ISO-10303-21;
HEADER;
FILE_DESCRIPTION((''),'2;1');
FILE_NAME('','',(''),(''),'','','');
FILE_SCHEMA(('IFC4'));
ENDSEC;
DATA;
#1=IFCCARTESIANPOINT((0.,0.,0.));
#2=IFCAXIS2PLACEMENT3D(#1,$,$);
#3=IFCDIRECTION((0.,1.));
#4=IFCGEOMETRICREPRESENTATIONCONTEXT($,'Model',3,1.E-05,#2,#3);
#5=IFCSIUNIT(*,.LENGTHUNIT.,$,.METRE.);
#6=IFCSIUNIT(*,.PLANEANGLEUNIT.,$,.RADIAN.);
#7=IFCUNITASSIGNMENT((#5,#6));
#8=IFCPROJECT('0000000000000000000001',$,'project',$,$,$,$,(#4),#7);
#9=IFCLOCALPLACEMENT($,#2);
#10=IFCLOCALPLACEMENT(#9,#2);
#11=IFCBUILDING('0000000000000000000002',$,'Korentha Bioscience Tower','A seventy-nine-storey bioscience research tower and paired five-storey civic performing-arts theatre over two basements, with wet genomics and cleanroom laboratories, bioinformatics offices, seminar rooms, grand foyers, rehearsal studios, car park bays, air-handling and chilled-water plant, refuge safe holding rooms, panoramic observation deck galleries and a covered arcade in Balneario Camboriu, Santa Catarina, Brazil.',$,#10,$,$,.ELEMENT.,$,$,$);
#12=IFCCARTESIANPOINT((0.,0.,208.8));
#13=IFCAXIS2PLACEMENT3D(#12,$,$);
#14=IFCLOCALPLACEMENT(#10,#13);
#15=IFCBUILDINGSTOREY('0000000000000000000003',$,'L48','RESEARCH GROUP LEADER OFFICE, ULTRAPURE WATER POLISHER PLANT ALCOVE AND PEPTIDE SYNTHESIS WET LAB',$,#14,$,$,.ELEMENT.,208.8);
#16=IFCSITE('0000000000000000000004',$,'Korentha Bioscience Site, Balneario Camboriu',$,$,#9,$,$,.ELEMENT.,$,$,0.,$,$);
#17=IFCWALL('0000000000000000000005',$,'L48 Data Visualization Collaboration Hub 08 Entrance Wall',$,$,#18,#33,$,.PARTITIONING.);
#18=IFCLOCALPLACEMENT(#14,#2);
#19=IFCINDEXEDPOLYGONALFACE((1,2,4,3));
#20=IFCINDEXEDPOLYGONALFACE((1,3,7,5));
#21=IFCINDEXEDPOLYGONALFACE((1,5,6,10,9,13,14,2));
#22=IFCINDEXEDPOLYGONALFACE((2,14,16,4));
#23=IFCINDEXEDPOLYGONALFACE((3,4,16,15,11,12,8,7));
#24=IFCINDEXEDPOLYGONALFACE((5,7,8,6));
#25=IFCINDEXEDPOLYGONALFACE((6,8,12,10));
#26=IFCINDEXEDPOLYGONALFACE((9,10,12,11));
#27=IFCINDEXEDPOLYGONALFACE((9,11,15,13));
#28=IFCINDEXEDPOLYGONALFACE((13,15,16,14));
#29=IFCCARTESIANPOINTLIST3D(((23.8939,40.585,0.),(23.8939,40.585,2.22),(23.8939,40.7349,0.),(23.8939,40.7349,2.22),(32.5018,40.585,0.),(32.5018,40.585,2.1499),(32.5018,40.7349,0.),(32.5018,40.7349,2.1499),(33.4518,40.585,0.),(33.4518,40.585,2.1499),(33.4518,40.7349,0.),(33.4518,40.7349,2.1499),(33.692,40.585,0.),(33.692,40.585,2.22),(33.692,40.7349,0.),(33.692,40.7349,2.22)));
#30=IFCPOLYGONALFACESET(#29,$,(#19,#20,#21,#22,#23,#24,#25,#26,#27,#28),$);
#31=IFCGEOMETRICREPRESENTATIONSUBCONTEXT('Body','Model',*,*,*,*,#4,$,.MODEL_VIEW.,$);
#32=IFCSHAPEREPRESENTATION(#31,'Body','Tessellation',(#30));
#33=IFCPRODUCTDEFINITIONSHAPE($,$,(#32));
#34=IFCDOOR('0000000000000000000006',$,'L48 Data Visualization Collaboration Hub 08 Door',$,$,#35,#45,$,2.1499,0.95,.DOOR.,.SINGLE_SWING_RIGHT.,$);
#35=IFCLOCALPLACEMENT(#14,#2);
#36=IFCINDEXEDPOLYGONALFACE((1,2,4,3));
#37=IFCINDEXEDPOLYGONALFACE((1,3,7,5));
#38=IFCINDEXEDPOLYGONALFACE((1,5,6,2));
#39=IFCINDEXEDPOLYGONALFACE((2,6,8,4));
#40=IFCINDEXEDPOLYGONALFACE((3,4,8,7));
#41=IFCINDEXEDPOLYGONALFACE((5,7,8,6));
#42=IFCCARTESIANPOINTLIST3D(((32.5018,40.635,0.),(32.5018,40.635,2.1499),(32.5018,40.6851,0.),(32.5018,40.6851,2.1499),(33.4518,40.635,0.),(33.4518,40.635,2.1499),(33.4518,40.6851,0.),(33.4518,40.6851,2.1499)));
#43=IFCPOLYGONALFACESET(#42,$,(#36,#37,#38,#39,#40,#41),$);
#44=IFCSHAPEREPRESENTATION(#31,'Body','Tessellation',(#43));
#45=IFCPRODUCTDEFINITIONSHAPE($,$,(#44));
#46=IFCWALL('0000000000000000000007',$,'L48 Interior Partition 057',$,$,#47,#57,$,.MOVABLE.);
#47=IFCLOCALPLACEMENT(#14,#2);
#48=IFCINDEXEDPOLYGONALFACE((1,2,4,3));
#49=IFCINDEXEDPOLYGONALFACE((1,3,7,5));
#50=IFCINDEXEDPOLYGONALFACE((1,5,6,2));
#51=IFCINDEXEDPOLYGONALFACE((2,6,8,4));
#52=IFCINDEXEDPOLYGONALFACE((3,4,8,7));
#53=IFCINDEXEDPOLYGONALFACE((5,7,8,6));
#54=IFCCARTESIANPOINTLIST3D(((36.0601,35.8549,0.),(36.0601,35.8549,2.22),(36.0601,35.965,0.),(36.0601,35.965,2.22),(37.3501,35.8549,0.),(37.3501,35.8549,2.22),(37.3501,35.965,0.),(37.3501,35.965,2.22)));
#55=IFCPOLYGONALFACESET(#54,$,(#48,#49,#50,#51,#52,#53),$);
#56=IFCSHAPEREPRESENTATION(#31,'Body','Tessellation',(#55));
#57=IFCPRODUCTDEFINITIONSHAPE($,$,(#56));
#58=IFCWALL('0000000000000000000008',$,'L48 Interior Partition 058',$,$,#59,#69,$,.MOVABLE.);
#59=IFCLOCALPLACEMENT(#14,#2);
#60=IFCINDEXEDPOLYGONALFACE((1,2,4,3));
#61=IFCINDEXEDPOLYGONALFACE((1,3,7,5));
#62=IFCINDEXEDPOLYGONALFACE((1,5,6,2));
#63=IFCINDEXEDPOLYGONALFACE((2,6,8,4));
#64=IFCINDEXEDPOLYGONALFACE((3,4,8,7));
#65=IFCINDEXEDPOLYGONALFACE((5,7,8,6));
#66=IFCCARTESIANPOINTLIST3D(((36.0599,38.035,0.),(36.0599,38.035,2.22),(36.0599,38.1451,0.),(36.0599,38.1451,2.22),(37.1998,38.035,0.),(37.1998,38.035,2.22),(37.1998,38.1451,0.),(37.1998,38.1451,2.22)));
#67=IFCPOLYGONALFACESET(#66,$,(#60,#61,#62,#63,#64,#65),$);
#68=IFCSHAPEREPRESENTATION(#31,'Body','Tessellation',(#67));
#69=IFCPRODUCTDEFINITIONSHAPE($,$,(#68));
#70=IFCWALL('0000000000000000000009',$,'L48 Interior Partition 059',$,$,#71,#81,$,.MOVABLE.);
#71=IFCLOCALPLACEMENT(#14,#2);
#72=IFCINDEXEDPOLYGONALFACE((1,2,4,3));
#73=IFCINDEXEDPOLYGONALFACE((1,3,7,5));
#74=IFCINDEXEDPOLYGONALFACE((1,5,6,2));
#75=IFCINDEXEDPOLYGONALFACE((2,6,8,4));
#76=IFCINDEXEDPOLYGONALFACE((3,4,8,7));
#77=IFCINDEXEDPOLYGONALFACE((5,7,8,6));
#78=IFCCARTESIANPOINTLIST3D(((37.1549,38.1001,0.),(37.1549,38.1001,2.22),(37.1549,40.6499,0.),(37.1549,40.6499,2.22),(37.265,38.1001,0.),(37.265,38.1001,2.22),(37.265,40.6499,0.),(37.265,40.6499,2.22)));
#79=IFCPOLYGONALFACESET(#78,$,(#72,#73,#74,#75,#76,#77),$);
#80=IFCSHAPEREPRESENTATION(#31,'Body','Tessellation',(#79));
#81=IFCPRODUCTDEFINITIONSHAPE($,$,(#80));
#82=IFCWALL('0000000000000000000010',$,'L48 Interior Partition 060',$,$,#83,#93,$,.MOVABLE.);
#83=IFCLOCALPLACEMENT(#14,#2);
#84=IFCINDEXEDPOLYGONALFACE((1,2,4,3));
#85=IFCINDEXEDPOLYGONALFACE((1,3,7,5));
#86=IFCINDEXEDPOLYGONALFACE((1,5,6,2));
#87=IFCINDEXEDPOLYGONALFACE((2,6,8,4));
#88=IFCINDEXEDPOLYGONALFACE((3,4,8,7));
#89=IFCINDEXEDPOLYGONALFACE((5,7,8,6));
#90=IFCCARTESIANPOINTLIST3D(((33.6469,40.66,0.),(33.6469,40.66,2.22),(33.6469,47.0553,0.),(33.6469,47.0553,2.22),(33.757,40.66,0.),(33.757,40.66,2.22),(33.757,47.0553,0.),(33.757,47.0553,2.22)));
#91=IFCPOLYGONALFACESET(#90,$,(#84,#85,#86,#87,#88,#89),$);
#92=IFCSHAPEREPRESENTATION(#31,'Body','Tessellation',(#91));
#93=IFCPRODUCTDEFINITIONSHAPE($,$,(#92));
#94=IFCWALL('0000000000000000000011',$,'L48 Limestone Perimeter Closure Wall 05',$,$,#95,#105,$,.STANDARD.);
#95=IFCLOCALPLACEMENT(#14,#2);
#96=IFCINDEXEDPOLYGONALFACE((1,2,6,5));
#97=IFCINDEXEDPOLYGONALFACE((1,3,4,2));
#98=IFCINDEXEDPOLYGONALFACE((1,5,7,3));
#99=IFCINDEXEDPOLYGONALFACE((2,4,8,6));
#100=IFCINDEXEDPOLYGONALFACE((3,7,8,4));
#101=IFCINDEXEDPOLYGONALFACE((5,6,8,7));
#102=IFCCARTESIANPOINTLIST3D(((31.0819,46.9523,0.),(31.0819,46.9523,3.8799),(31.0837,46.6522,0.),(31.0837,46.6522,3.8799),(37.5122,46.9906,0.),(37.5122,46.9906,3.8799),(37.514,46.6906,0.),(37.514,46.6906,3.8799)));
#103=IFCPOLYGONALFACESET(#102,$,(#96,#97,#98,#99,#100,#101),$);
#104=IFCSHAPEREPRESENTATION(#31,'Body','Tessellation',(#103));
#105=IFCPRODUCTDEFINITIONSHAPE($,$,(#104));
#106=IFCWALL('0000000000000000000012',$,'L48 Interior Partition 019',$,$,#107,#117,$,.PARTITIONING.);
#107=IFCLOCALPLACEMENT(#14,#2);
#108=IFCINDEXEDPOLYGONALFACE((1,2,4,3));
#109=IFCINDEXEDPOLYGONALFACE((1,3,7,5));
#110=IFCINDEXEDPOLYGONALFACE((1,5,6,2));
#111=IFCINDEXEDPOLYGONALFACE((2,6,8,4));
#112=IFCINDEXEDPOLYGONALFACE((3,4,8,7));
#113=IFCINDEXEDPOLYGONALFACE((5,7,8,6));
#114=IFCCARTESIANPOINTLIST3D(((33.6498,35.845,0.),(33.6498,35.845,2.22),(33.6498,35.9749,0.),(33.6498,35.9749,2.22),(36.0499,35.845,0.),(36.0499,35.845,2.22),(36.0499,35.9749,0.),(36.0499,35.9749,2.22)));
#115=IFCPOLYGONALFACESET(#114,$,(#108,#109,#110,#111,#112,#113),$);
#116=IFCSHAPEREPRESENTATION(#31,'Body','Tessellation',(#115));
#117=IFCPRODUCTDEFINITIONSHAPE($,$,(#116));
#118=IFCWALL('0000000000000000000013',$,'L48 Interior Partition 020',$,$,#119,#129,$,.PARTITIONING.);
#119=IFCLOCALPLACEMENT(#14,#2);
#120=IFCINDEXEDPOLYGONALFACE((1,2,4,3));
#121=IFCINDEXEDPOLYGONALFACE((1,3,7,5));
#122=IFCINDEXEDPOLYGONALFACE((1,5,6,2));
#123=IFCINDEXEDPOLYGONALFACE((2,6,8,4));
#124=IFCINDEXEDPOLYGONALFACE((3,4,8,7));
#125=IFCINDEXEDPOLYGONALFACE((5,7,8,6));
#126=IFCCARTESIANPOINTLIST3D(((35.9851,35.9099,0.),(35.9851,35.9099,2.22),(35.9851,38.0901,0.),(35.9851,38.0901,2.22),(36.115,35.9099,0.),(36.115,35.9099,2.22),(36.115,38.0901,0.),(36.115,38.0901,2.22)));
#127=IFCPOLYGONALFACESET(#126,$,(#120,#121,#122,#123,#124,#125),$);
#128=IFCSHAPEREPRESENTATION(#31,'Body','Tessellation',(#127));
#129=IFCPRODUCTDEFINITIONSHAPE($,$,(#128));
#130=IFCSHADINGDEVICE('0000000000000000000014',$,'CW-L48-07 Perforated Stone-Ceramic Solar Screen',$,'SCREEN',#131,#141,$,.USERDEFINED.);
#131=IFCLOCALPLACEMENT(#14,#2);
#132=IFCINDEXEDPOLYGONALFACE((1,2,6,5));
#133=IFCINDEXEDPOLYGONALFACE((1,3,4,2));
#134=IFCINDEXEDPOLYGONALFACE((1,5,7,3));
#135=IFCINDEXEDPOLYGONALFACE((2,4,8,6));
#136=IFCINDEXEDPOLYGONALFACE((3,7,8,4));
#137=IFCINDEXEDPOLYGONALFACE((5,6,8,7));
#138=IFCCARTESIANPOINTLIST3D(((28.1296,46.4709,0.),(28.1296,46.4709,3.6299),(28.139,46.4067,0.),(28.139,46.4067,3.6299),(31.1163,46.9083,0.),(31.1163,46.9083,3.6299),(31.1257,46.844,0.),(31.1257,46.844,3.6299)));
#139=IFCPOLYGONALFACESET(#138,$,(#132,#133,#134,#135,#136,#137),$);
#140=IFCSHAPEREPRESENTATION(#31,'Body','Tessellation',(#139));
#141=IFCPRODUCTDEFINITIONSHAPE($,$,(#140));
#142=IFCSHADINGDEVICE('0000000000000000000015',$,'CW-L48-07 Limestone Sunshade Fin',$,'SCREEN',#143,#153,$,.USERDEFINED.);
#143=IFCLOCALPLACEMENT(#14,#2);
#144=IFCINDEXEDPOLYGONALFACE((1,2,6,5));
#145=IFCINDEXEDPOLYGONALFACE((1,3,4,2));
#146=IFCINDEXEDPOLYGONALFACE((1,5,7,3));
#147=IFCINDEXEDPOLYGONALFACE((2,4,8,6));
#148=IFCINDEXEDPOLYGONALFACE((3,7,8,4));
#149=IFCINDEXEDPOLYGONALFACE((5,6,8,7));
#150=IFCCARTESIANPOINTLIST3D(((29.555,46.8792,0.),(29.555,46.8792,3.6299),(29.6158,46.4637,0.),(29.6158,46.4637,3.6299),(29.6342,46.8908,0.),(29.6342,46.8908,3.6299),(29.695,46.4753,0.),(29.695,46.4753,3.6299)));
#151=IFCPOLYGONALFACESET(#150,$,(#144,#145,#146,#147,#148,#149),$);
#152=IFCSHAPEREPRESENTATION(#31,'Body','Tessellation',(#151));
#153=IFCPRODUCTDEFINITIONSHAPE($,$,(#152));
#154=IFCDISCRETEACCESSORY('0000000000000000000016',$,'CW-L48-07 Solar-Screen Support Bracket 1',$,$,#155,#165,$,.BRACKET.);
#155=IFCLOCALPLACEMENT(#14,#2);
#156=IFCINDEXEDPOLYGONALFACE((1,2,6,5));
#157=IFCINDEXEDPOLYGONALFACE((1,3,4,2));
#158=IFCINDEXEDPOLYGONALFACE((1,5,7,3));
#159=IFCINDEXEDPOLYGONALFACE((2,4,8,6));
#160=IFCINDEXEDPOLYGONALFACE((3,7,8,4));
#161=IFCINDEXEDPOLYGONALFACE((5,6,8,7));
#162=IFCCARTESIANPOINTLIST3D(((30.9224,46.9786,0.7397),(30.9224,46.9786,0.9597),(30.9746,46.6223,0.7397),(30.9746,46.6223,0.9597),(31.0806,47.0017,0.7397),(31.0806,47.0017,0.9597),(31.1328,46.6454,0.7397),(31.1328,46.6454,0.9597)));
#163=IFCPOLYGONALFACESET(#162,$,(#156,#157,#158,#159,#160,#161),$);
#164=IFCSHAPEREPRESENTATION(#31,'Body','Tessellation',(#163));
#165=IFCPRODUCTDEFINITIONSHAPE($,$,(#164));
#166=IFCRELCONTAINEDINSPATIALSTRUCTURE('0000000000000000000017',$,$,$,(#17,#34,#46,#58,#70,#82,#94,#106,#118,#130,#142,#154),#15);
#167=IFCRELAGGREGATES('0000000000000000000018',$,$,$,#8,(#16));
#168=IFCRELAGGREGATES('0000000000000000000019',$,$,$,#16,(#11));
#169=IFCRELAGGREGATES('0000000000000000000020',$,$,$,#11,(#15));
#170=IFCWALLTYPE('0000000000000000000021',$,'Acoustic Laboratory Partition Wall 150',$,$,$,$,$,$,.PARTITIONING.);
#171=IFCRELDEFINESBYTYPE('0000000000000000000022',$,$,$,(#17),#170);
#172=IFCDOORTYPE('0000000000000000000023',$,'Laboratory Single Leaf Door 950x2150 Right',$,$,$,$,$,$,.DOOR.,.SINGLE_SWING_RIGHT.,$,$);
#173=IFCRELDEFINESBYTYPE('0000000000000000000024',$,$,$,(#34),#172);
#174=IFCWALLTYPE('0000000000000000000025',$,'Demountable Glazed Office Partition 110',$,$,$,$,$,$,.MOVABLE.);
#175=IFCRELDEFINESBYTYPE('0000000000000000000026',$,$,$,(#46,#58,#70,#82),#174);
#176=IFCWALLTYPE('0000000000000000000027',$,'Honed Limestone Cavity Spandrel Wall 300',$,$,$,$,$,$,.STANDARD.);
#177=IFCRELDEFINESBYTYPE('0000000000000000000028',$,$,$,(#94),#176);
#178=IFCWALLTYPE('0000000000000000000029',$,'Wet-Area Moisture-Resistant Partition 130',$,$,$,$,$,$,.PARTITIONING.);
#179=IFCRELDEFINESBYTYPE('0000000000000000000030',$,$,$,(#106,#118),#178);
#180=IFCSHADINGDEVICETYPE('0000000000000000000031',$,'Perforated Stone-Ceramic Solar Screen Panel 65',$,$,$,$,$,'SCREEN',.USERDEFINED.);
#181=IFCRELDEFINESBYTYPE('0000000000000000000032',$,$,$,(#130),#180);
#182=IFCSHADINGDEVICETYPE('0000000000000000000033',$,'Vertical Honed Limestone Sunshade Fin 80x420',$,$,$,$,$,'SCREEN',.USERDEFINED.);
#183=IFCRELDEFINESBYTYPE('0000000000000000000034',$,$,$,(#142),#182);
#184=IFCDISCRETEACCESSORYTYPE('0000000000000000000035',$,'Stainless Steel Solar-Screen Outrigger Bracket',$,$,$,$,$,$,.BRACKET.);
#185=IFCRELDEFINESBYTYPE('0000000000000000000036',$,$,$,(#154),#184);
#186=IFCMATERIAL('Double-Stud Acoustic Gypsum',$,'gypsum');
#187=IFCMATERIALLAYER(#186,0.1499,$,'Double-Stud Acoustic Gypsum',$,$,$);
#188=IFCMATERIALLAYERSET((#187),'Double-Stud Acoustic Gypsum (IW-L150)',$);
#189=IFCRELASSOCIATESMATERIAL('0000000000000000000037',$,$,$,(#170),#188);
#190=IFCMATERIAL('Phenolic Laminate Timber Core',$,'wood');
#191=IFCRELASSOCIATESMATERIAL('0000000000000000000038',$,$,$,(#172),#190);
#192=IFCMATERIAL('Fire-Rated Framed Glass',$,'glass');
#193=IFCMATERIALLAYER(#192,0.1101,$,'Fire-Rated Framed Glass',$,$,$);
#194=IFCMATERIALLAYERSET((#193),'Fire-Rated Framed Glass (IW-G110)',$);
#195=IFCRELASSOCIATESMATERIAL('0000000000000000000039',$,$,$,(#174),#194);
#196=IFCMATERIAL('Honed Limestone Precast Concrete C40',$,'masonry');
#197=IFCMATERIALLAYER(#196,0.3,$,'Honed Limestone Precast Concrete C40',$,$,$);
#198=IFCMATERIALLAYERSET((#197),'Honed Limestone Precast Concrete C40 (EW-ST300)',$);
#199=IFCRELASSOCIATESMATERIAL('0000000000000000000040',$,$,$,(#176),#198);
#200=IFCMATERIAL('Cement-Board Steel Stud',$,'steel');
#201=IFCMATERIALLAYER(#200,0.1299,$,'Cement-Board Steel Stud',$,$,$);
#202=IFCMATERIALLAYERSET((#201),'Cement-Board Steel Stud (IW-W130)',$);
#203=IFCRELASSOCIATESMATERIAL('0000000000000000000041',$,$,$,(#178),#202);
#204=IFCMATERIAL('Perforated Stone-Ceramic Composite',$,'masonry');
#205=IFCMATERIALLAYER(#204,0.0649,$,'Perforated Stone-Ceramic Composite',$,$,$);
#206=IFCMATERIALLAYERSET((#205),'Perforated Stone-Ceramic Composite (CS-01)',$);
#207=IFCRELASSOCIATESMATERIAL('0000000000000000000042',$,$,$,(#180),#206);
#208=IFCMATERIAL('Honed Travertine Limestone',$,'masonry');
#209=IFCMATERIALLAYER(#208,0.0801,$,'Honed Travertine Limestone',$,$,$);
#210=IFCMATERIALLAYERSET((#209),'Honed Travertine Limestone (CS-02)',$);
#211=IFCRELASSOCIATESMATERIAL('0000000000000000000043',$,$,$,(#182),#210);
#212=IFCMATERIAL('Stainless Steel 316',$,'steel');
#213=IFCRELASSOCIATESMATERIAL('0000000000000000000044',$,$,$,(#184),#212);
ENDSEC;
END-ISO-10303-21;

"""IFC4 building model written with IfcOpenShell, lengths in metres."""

from ifc_helpers import new_model, si_unit, direction, frame, frame_2d, origin, origin_2d, place, context, subcontext, project, spatial, rectangle, extrude, material, layer, layer_set, type_object, element, fill, save


model = new_model("IFC4")

# Units and contexts
model_context = context("Model", 3, precision=1e-05, world=origin(), true_north=direction((0.0, 1.0)))
body_context = subcontext(model_context, "Body", "Model", "MODEL_VIEW")
ifc_project = project(units=[si_unit("LENGTHUNIT", "METRE"), si_unit("PLANEANGLEUNIT", "RADIAN")], contexts=[model_context])

# Site, building, storey
site_placement = place(None, origin())
site = spatial("IfcSite", under=ifc_project, at=site_placement, Name="Korentha Bioscience Site, Balneario Camboriu", CompositionType="ELEMENT", RefElevation=0.0)
building_placement = place(site_placement, origin())
building = spatial("IfcBuilding", under=site, at=building_placement, Name="Korentha Bioscience Tower", Description="A seventy-nine-storey bioscience research tower and paired five-storey civic performing-arts theatre over two basements, with wet genomics and cleanroom laboratories, bioinformatics offices, seminar rooms, grand foyers, rehearsal studios, car park bays, air-handling and chilled-water plant, refuge safe holding rooms, panoramic observation deck galleries and a covered arcade in Balneario Camboriu, Santa Catarina, Brazil.", CompositionType="ELEMENT")
storey_placement = place(building_placement, frame((0.0, 0.0, 208.8)))
storey = spatial("IfcBuildingStorey", under=building, at=storey_placement, Name="L48", Description="RESEARCH GROUP LEADER OFFICE, ULTRAPURE WATER POLISHER PLANT ALCOVE AND PEPTIDE SYNTHESIS WET LAB", CompositionType="ELEMENT", Elevation=208.8)

# Wall, opening, door
ifc_material_1 = material(Name="Double-Stud Acoustic Gypsum", Category="gypsum")
ifc_layer_1 = layer(ifc_material_1, 0.1499, Name="Double-Stud Acoustic Gypsum")
ifc_layer_set_1 = layer_set([ifc_layer_1], Name="Double-Stud Acoustic Gypsum (IW-L150)")
wall_type_1 = type_object("IfcWallType", Name="Acoustic Laboratory Partition Wall 150", PredefinedType="PARTITIONING", material=ifc_layer_set_1)
wall_1_placement = place(storey_placement, frame((33.6919, 40.6599, 0.0), z_axis=(0.0, 0.0, 1.0), x_axis=(-1.0, 0.0, 0.0)))
wall_1 = element("IfcWall", 1, at=wall_1_placement, inside=storey, type_object=wall_type_1, Name="L48 Data Visualization Collaboration Hub 08 Entrance Wall", PredefinedType="PARTITIONING", context=body_context, shape_type="SweptSolid", body=[
    extrude(rectangle(XDim=9.7981, YDim=0.1499, at=frame_2d((4.8989, 0.0))), origin(), (0.0, 0.0, 1.0), 2.22),
])
opening_1_placement = place(wall_1_placement, frame((0.24, 0.0, 0.0)))
opening_1 = element("IfcOpeningElement", 2, at=opening_1_placement, cuts=wall_1, PredefinedType="OPENING", context=body_context, shape_type="SweptSolid", body=[
    extrude(rectangle(XDim=0.95, YDim=2.1499, at=frame_2d((0.4751, 1.075))), frame((0.0, 0.0898, 0.0), z_axis=(0.0, -1.0, 0.0), x_axis=(1.0, 0.0, 0.0)), (0.0, 0.0, 1.0), 0.1797),
])
ifc_material_2 = material(Name="Phenolic Laminate Timber Core", Category="wood")
door_type_1 = type_object("IfcDoorType", Name="Laboratory Single Leaf Door 950x2150 Right", OperationType="SINGLE_SWING_RIGHT", PredefinedType="DOOR", material=ifc_material_2)
door_1_placement = place(opening_1_placement, origin())
door_1 = element("IfcDoor", 3, at=door_1_placement, inside=storey, type_object=door_type_1, Name="L48 Data Visualization Collaboration Hub 08 Door", OperationType="SINGLE_SWING_RIGHT", OverallHeight=2.1499, OverallWidth=0.95, PredefinedType="DOOR", context=body_context, shape_type="SweptSolid", body=[
    extrude(rectangle(XDim=0.95, YDim=2.1499, at=frame_2d((0.4751, 1.075))), frame((0.0, 0.0249, 0.0), z_axis=(0.0, -1.0, 0.0), x_axis=(1.0, 0.0, 0.0)), (0.0, 0.0, 1.0), 0.05),
])
fill(opening_1, door_1)
ifc_material_3 = material(Name="Fire-Rated Framed Glass", Category="glass")
ifc_layer_2 = layer(ifc_material_3, 0.1101, Name="Fire-Rated Framed Glass")
ifc_layer_set_2 = layer_set([ifc_layer_2], Name="Fire-Rated Framed Glass (IW-G110)")
wall_type_2 = type_object("IfcWallType", Name="Demountable Glazed Office Partition 110", PredefinedType="MOVABLE", material=ifc_layer_set_2)

# Walls
wall_2_placement = place(storey_placement, frame((37.3501, 35.9099, 0.0), z_axis=(0.0, 0.0, 1.0), x_axis=(-1.0, 0.0, 0.0)))
element("IfcWall", 4, at=wall_2_placement, inside=storey, type_object=wall_type_2, Name="L48 Interior Partition 057", PredefinedType="MOVABLE", context=body_context, shape_type="SweptSolid", body=[
    extrude(rectangle(XDim=1.29, YDim=0.1101, at=frame_2d((0.645, 0.0))), origin(), (0.0, 0.0, 1.0), 2.22),
])
wall_3_placement = place(storey_placement, frame((36.0601, 38.0901, 0.0), z_axis=(0.0, 0.0, 1.0), x_axis=(1.0, 0.0, 0.0)))
element("IfcWall", 5, at=wall_3_placement, inside=storey, type_object=wall_type_2, Name="L48 Interior Partition 058", PredefinedType="MOVABLE", context=body_context, shape_type="SweptSolid", body=[
    extrude(rectangle(XDim=1.1399, YDim=0.1101, at=frame_2d((0.5698, 0.0))), origin(), (0.0, 0.0, 1.0), 2.22),
])
wall_4_placement = place(storey_placement, frame((37.21, 38.1001, 0.0), z_axis=(0.0, 0.0, 1.0), x_axis=(0.0, 1.0, 0.0)))
element("IfcWall", 6, at=wall_4_placement, inside=storey, type_object=wall_type_2, Name="L48 Interior Partition 059", PredefinedType="MOVABLE", context=body_context, shape_type="SweptSolid", body=[
    extrude(rectangle(XDim=2.5498, YDim=0.1101, at=frame_2d((1.2749, 0.0))), origin(), (0.0, 0.0, 1.0), 2.22),
])
wall_5_placement = place(storey_placement, frame((33.7019, 40.6599, 0.0), z_axis=(0.0, 0.0, 1.0), x_axis=(0.0, 1.0, 0.0)))
element("IfcWall", 7, at=wall_5_placement, inside=storey, type_object=wall_type_2, Name="L48 Interior Partition 060", PredefinedType="MOVABLE", context=body_context, shape_type="SweptSolid", body=[
    extrude(rectangle(XDim=6.3953, YDim=0.1101, at=frame_2d((3.1978, 0.0))), origin(), (0.0, 0.0, 1.0), 2.22),
])
ifc_material_4 = material(Name="Honed Limestone Precast Concrete C40", Category="masonry")
ifc_layer_3 = layer(ifc_material_4, 0.3, Name="Honed Limestone Precast Concrete C40")
ifc_layer_set_3 = layer_set([ifc_layer_3], Name="Honed Limestone Precast Concrete C40 (EW-ST300)")
wall_type_3 = type_object("IfcWallType", Name="Honed Limestone Cavity Spandrel Wall 300", PredefinedType="STANDARD", material=ifc_layer_set_3)
wall_6_placement = place(storey_placement, frame((37.5132, 46.8406, 0.0), z_axis=(0.0, 0.0, 1.0), x_axis=(-0.999982, -0.005961, 0.0)))
element("IfcWall", 8, at=wall_6_placement, inside=storey, type_object=wall_type_3, Name="L48 Limestone Perimeter Closure Wall 05", PredefinedType="STANDARD", context=body_context, shape_type="SweptSolid", body=[
    extrude(rectangle(XDim=6.4304, YDim=0.3, at=frame_2d((3.2153, 0.0))), origin(), (0.0, 0.0, 1.0), 3.8799),
])

# Shared definitions
ifc_material_5 = material(Name="Cement-Board Steel Stud", Category="steel")
ifc_layer_4 = layer(ifc_material_5, 0.1299, Name="Cement-Board Steel Stud")
ifc_layer_set_4 = layer_set([ifc_layer_4], Name="Cement-Board Steel Stud (IW-W130)")
wall_type_4 = type_object("IfcWallType", Name="Wet-Area Moisture-Resistant Partition 130", PredefinedType="PARTITIONING", material=ifc_layer_set_4)

# Walls
wall_7_placement = place(storey_placement, frame((36.05, 35.9099, 0.0), z_axis=(0.0, 0.0, 1.0), x_axis=(-1.0, 0.0, 0.0)))
element("IfcWall", 9, at=wall_7_placement, inside=storey, type_object=wall_type_4, Name="L48 Interior Partition 019", PredefinedType="PARTITIONING", context=body_context, shape_type="SweptSolid", body=[
    extrude(rectangle(XDim=2.4001, YDim=0.1299, at=frame_2d((1.2002, 0.0))), origin(), (0.0, 0.0, 1.0), 2.22),
])
wall_8_placement = place(storey_placement, frame((36.05, 38.0901, 0.0), z_axis=(0.0, 0.0, 1.0), x_axis=(0.0, -1.0, 0.0)))
element("IfcWall", 10, at=wall_8_placement, inside=storey, type_object=wall_type_4, Name="L48 Interior Partition 020", PredefinedType="PARTITIONING", context=body_context, shape_type="SweptSolid", body=[
    extrude(rectangle(XDim=2.1802, YDim=0.1299, at=frame_2d((1.0901, 0.0))), origin(), (0.0, 0.0, 1.0), 2.22),
])

# Shading devices
ifc_material_6 = material(Name="Perforated Stone-Ceramic Composite", Category="masonry")
ifc_layer_5 = layer(ifc_material_6, 0.0649, Name="Perforated Stone-Ceramic Composite")
ifc_layer_set_5 = layer_set([ifc_layer_5], Name="Perforated Stone-Ceramic Composite (CS-01)")
shading_device_type_1 = type_object("IfcShadingDeviceType", Name="Perforated Stone-Ceramic Solar Screen Panel 65", ElementType="SCREEN", PredefinedType="USERDEFINED", material=ifc_layer_set_5)
shading_device_1_placement = place(storey_placement, frame((29.6277, 46.6575, 0.0), z_axis=(0.0, 0.0, 1.0), x_axis=(-0.989449, -0.144878, 0.0)))
element("IfcShadingDevice", 11, at=shading_device_1_placement, inside=storey, type_object=shading_device_type_1, Name="CW-L48-07 Perforated Stone-Ceramic Solar Screen", ObjectType="SCREEN", PredefinedType="USERDEFINED", context=body_context, shape_type="SweptSolid", body=[
    extrude(rectangle(XDim=3.0186, YDim=0.0649, at=origin_2d()), origin(), (0.0, 0.0, 1.0), 3.6299),
])
ifc_material_7 = material(Name="Honed Travertine Limestone", Category="masonry")
ifc_layer_6 = layer(ifc_material_7, 0.0801, Name="Honed Travertine Limestone")
ifc_layer_set_6 = layer_set([ifc_layer_6], Name="Honed Travertine Limestone (CS-02)")
shading_device_type_2 = type_object("IfcShadingDeviceType", Name="Vertical Honed Limestone Sunshade Fin 80x420", ElementType="SCREEN", PredefinedType="USERDEFINED", material=ifc_layer_set_6)
shading_device_2_placement = place(storey_placement, frame((29.625, 46.6772, 0.0), z_axis=(0.0, 0.0, 1.0), x_axis=(-0.989449, -0.144878, 0.0)))
element("IfcShadingDevice", 12, at=shading_device_2_placement, inside=storey, type_object=shading_device_type_2, Name="CW-L48-07 Limestone Sunshade Fin", ObjectType="SCREEN", PredefinedType="USERDEFINED", context=body_context, shape_type="SweptSolid", body=[
    extrude(rectangle(XDim=0.0801, YDim=0.4199, at=origin_2d()), origin(), (0.0, 0.0, 1.0), 3.6299),
])

# Discrete accessory
ifc_material_8 = material(Name="Stainless Steel 316", Category="steel")
discrete_accessory_type = type_object("IfcDiscreteAccessoryType", Name="Stainless Steel Solar-Screen Outrigger Bracket", PredefinedType="BRACKET", material=ifc_material_8)
discrete_accessory_placement = place(storey_placement, frame((31.0276, 46.812, 0.7397), z_axis=(0.0, 0.0, 1.0), x_axis=(-0.989449, -0.144878, 0.0)))
element("IfcDiscreteAccessory", 13, at=discrete_accessory_placement, inside=storey, type_object=discrete_accessory_type, Name="CW-L48-07 Solar-Screen Support Bracket 1", PredefinedType="BRACKET", context=body_context, shape_type="SweptSolid", body=[
    extrude(rectangle(XDim=0.1599, YDim=0.3601, at=origin_2d()), origin(), (0.0, 0.0, 1.0), 0.22),
])

save(model, "model.ifc")
